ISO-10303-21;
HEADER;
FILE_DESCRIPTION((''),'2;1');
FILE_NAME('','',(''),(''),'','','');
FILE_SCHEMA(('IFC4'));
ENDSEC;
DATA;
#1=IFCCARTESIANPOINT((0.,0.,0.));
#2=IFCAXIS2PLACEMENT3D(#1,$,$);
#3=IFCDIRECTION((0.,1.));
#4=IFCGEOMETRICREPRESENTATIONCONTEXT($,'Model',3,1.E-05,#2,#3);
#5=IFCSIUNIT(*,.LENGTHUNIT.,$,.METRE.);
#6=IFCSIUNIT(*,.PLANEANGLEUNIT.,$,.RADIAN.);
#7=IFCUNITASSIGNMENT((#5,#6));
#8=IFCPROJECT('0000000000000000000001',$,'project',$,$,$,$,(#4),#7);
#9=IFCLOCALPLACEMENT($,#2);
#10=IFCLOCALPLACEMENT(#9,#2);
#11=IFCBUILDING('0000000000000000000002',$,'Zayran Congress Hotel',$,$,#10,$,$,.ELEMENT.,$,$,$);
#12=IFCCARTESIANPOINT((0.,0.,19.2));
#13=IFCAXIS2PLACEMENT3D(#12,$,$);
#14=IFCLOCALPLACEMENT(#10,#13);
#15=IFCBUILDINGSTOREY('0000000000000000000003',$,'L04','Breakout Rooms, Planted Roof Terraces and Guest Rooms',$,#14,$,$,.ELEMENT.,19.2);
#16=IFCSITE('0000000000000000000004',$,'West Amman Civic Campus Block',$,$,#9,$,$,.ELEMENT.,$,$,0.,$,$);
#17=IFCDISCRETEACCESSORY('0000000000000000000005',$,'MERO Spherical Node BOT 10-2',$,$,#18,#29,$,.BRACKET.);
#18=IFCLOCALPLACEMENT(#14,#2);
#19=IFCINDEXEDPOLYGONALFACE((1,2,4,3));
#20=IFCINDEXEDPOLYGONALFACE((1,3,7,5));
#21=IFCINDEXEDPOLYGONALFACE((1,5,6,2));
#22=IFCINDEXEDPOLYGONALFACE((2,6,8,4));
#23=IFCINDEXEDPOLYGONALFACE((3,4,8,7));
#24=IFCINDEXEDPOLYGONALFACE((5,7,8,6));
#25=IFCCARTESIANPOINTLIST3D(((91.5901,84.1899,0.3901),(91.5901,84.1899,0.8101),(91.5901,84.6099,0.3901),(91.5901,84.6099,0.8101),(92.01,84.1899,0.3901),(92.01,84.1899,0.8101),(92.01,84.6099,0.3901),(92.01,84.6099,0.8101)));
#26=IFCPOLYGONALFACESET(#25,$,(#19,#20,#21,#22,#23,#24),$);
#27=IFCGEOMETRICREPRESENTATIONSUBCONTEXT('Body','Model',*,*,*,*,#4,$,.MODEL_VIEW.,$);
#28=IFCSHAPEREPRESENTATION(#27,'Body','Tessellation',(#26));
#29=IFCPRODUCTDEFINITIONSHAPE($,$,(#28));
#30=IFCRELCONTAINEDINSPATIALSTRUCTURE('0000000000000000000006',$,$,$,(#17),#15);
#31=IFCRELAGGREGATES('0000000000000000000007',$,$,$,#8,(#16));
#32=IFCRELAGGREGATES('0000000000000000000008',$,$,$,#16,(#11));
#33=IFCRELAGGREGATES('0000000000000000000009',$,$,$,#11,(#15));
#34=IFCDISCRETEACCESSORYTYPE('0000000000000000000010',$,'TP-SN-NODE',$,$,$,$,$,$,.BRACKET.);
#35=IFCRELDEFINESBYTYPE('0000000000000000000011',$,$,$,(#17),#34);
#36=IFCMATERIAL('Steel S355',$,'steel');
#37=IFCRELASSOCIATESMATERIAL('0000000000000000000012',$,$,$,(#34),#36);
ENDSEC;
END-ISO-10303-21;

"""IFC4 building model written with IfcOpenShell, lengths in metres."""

from ifc_helpers import new_model, si_unit, direction, frame, origin, origin_2d, place, context, subcontext, project, spatial, rectangle, extrude, material, type_object, element, save


model = new_model("IFC4")

# Units and contexts
model_context = context("Model", 3, precision=1e-05, world=origin(), true_north=direction((0.0, 1.0)))
body_context = subcontext(model_context, "Body", "Model", "MODEL_VIEW")
ifc_project = project(units=[si_unit("LENGTHUNIT", "METRE"), si_unit("PLANEANGLEUNIT", "RADIAN")], contexts=[model_context])

# Site, building, storey
site_placement = place(None, origin())
site = spatial("IfcSite", under=ifc_project, at=site_placement, Name="West Amman Civic Campus Block", CompositionType="ELEMENT", RefElevation=0.0)
building_placement = place(site_placement, origin())
building = spatial("IfcBuilding", under=site, at=building_placement, Name="Zayran Congress Hotel", CompositionType="ELEMENT")
storey_placement = place(building_placement, frame((0.0, 0.0, 19.2)))
storey = spatial("IfcBuildingStorey", under=building, at=storey_placement, Name="L04", Description="Breakout Rooms, Planted Roof Terraces and Guest Rooms", CompositionType="ELEMENT", Elevation=19.2)

# Shared definitions
ifc_material = material(Name="Steel S355", Category="steel")

# Discrete accessory
discrete_accessory_type = type_object("IfcDiscreteAccessoryType", Name="TP-SN-NODE", PredefinedType="BRACKET", material=ifc_material)
for number, where, z_axis, x_axis, name in (
    (1, (91.8, 84.3999, 0.3901), (0.0, 0.0, 1.0), (1.0, 0.0, 0.0), "MERO Spherical Node BOT 10-2"),
):
    element("IfcDiscreteAccessory", number, at=place(storey_placement, frame(where, z_axis=z_axis, x_axis=x_axis)), inside=storey, type_object=discrete_accessory_type, Name=name, PredefinedType="BRACKET", context=body_context, shape_type="SweptSolid", body=[
        extrude(rectangle(XDim=0.4199, YDim=0.4199, at=origin_2d()), origin(), (0.0, 0.0, 1.0), 0.4199),
    ])

save(model, "model.ifc")
